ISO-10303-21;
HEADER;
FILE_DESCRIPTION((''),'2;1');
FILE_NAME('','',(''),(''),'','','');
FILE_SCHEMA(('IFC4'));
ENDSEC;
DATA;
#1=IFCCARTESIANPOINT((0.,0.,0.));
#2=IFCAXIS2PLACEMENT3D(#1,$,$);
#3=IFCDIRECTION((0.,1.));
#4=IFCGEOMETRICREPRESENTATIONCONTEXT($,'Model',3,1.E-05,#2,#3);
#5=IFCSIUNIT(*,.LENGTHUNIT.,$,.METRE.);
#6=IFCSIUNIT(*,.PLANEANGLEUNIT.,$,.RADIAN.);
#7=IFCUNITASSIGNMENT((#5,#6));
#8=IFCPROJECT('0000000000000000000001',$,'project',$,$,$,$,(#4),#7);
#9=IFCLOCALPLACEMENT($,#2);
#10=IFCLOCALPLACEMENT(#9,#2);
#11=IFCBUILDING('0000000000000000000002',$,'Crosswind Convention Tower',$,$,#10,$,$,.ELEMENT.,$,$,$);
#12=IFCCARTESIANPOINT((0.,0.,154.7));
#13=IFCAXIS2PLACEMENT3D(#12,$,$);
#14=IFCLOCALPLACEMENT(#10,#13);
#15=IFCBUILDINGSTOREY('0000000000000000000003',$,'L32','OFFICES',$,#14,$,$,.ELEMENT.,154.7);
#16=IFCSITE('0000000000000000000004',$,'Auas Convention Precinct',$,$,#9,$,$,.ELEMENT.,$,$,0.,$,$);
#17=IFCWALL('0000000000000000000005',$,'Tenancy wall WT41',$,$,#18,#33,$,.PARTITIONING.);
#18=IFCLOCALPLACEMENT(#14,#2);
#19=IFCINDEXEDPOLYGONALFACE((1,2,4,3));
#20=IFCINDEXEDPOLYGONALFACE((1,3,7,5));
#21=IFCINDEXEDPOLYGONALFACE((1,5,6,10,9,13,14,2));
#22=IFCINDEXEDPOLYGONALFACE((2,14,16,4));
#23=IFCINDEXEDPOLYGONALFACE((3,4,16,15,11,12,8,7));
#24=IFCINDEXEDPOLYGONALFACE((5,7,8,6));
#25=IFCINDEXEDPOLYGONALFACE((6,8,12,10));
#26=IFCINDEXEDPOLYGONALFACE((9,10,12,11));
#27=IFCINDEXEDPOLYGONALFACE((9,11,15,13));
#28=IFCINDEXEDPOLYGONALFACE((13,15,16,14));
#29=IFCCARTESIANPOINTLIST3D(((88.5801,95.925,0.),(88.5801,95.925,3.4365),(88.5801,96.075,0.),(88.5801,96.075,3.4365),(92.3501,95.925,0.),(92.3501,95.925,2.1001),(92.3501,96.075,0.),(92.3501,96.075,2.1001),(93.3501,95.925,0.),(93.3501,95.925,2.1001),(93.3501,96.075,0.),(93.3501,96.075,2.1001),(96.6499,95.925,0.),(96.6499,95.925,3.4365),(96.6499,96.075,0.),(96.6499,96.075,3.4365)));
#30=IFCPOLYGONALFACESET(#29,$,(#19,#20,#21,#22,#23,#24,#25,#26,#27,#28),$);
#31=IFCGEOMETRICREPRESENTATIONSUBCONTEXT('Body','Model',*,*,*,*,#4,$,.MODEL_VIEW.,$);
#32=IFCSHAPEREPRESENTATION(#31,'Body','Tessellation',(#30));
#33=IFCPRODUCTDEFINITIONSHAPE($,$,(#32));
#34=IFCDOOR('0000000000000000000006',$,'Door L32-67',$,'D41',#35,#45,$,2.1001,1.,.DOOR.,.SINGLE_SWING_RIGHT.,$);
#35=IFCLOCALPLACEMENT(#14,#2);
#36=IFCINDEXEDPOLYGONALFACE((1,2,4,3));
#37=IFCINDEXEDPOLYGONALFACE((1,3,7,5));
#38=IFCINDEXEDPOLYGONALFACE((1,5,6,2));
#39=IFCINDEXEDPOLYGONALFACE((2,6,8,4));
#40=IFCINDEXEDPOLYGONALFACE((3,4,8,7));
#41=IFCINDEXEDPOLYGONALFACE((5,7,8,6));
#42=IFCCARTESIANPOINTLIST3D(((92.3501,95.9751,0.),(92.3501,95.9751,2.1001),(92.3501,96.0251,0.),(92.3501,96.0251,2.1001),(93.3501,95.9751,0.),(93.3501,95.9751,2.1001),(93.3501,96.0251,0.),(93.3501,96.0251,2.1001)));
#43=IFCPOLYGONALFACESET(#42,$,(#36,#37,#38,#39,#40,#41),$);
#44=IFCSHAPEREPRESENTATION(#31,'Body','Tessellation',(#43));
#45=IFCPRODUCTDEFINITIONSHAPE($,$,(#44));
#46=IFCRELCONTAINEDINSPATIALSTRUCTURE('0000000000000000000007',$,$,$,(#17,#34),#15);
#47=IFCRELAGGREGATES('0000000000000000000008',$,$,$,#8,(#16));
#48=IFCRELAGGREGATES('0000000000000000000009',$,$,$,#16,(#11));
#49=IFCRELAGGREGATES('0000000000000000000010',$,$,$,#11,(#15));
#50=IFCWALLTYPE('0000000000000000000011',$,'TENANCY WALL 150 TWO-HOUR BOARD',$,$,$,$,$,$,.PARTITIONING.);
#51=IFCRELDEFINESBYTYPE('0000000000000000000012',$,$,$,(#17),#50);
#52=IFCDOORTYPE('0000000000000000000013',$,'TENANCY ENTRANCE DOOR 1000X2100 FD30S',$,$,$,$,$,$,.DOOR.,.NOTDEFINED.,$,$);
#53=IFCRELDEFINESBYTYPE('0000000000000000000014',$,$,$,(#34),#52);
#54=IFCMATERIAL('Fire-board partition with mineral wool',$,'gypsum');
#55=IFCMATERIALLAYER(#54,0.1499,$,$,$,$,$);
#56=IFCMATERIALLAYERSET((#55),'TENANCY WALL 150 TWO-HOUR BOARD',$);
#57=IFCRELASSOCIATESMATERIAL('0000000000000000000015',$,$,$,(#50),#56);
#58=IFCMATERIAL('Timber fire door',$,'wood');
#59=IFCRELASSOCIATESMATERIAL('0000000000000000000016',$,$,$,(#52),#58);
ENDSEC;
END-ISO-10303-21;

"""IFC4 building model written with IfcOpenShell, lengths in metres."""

from ifc_helpers import new_model, si_unit, direction, frame, frame_2d, origin, place, context, subcontext, project, spatial, rectangle, extrude, material, layer, layer_set, type_object, element, fill, save


model = new_model("IFC4")

# Units and contexts
model_context = context("Model", 3, precision=1e-05, world=origin(), true_north=direction((0.0, 1.0)))
body_context = subcontext(model_context, "Body", "Model", "MODEL_VIEW")
ifc_project = project(units=[si_unit("LENGTHUNIT", "METRE"), si_unit("PLANEANGLEUNIT", "RADIAN")], contexts=[model_context])

# Site, building, storey
site_placement = place(None, origin())
site = spatial("IfcSite", under=ifc_project, at=site_placement, Name="Auas Convention Precinct", CompositionType="ELEMENT", RefElevation=0.0)
building_placement = place(site_placement, origin())
building = spatial("IfcBuilding", under=site, at=building_placement, Name="Crosswind Convention Tower", CompositionType="ELEMENT")
storey_placement = place(building_placement, frame((0.0, 0.0, 154.7)))
storey = spatial("IfcBuildingStorey", under=building, at=storey_placement, Name="L32", Description="OFFICES", CompositionType="ELEMENT", Elevation=154.7)

# Wall, opening, door
ifc_material_1 = material(Name="Fire-board partition with mineral wool", Category="gypsum")
ifc_layer_1 = layer(ifc_material_1, 0.1499)
ifc_layer_set_1 = layer_set([ifc_layer_1], Name="TENANCY WALL 150 TWO-HOUR BOARD")
wall_type = type_object("IfcWallType", Name="TENANCY WALL 150 TWO-HOUR BOARD", PredefinedType="PARTITIONING", material=ifc_layer_set_1)
wall_placement = place(storey_placement, frame((88.5801, 96.0, 0.0), z_axis=(0.0, 0.0, 1.0), x_axis=(1.0, 0.0, 0.0)))
wall = element("IfcWall", 1, at=wall_placement, inside=storey, type_object=wall_type, Name="Tenancy wall WT41", PredefinedType="PARTITIONING", context=body_context, shape_type="SweptSolid", body=[
    extrude(rectangle(XDim=8.0698, YDim=0.1499, at=frame_2d((4.0349, 0.0))), origin(), (0.0, 0.0, 1.0), 3.4365),
])
opening_placement = place(wall_placement, frame((3.77, 0.0, 0.0)))
opening = element("IfcOpeningElement", 2, at=opening_placement, cuts=wall, PredefinedType="OPENING", context=body_context, shape_type="SweptSolid", body=[
    extrude(rectangle(XDim=1.0, YDim=2.1001, at=frame_2d((0.5, 1.05))), frame((0.0, 0.085, 0.0), z_axis=(0.0, -1.0, 0.0), x_axis=(1.0, 0.0, 0.0)), (0.0, 0.0, 1.0), 0.1699),
])
ifc_material_2 = material(Name="Timber fire door", Category="wood")
door_type = type_object("IfcDoorType", Name="TENANCY ENTRANCE DOOR 1000X2100 FD30S", OperationType="NOTDEFINED", PredefinedType="DOOR", material=ifc_material_2)
door_placement = place(opening_placement, frame((1.0, 0.0, 0.0), z_axis=(0.0, 0.0, 1.0), x_axis=(-1.0, 0.0, 0.0)))
door = element("IfcDoor", 3, at=door_placement, inside=storey, type_object=door_type, Name="Door L32-67", ObjectType="D41", OperationType="SINGLE_SWING_RIGHT", OverallHeight=2.1001, OverallWidth=1.0, PredefinedType="DOOR", context=body_context, shape_type="SweptSolid", body=[
    extrude(rectangle(XDim=1.0, YDim=2.1001, at=frame_2d((0.5, 1.05))), frame((0.0, 0.0249, 0.0), z_axis=(0.0, -1.0, 0.0), x_axis=(1.0, 0.0, 0.0)), (0.0, 0.0, 1.0), 0.05),
])
fill(opening, door)

save(model, "model.ifc")
